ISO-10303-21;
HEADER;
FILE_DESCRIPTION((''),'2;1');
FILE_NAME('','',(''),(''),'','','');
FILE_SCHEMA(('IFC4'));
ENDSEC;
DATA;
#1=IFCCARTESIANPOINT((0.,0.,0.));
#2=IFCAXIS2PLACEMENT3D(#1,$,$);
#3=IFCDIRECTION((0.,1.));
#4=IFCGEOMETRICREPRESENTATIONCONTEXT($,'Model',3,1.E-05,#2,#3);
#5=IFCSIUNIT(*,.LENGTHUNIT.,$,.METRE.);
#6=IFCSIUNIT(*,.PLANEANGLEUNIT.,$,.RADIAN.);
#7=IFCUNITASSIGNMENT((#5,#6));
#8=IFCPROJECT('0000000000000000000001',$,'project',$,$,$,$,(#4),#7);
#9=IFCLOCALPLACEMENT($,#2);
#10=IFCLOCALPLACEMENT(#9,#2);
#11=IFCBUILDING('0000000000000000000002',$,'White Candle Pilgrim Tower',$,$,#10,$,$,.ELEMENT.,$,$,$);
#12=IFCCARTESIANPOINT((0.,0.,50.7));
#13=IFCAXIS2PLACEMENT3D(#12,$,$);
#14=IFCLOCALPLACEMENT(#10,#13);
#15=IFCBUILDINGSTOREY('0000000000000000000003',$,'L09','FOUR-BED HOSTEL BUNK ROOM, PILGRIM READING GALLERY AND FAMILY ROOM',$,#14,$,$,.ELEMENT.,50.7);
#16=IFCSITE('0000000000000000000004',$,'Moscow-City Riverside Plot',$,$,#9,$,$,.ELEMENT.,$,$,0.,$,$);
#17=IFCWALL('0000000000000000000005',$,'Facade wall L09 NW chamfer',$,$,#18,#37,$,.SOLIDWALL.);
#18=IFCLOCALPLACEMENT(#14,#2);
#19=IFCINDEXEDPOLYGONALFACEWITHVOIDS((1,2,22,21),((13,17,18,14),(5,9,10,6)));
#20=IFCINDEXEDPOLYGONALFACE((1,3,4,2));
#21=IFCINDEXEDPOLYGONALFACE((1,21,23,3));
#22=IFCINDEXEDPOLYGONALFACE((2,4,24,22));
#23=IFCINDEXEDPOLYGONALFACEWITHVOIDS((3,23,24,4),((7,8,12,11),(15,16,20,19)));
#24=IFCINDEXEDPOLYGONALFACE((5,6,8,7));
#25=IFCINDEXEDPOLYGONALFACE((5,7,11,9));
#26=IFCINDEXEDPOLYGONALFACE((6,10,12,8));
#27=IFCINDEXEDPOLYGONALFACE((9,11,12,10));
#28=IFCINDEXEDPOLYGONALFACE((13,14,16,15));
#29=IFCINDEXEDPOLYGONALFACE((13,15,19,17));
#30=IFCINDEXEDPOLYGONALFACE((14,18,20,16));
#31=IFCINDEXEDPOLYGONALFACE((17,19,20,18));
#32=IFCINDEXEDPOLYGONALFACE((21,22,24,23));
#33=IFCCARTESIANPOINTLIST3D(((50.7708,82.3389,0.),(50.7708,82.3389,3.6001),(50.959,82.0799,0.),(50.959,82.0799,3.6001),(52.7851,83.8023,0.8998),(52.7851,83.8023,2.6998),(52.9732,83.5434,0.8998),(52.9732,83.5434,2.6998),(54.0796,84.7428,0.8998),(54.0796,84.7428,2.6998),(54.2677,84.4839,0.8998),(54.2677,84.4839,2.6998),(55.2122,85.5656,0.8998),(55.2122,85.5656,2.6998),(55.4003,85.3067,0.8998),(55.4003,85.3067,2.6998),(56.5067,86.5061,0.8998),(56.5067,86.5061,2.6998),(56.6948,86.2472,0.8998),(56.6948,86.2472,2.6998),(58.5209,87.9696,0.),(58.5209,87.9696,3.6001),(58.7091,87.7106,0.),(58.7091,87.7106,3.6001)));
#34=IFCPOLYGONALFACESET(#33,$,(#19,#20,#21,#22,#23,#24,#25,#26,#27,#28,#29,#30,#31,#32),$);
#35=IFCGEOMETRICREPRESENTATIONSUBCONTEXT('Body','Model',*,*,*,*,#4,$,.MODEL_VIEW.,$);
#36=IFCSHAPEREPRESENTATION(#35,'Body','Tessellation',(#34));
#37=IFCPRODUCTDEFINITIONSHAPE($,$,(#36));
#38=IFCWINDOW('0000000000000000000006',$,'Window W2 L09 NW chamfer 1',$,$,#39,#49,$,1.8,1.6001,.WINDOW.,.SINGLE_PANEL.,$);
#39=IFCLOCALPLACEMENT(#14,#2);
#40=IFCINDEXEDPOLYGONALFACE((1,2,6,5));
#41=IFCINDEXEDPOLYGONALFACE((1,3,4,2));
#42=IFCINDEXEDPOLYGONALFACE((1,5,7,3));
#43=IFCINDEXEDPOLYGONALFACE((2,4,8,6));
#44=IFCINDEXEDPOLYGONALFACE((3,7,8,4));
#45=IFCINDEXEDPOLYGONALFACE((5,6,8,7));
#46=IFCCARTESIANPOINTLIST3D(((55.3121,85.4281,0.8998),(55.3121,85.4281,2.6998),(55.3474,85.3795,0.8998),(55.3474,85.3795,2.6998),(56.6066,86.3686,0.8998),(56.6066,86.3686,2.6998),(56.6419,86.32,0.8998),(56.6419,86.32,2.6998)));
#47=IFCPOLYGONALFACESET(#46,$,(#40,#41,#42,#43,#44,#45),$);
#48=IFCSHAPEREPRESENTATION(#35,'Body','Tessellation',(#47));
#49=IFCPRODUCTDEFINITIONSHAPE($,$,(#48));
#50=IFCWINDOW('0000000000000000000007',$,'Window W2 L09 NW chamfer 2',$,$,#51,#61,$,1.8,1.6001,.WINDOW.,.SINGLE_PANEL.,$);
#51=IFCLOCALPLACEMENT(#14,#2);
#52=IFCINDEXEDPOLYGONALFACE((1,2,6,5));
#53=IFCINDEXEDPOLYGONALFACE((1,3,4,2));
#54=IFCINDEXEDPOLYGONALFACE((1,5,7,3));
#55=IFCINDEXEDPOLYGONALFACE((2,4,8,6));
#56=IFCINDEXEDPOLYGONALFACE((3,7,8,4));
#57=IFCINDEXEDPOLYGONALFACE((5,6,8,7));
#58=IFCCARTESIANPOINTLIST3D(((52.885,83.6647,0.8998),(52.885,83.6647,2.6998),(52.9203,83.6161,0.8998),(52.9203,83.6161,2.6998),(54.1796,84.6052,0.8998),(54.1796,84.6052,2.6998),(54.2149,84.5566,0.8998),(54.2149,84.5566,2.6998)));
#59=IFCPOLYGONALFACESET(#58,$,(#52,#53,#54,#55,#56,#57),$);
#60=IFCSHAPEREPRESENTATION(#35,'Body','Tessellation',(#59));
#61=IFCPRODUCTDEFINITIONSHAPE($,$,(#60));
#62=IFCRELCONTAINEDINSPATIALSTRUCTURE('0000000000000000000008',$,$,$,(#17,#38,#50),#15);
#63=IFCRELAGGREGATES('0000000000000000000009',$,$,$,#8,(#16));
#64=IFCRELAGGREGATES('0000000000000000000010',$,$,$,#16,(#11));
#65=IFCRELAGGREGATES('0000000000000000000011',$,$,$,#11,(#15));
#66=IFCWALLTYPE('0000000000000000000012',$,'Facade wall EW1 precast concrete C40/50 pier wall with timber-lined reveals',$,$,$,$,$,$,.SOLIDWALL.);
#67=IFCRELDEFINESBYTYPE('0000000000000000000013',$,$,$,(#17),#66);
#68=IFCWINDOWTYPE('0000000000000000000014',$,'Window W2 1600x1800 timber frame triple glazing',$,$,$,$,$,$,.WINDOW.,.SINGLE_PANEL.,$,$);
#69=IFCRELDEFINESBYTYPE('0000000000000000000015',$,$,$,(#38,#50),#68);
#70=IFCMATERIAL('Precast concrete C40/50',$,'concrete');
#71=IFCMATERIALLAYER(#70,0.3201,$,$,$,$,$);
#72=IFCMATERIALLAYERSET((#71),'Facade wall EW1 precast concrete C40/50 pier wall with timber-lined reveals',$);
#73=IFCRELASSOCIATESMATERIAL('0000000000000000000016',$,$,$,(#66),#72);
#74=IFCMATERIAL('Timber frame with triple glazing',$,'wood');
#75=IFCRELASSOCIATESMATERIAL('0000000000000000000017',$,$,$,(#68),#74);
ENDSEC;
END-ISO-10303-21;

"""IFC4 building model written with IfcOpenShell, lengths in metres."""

from ifc_helpers import new_model, si_unit, direction, frame, frame_2d, origin, place, context, subcontext, project, spatial, rectangle, extrude, material, layer, layer_set, type_object, element, fill, save


model = new_model("IFC4")

# Units and contexts
model_context = context("Model", 3, precision=1e-05, world=origin(), true_north=direction((0.0, 1.0)))
body_context = subcontext(model_context, "Body", "Model", "MODEL_VIEW")
ifc_project = project(units=[si_unit("LENGTHUNIT", "METRE"), si_unit("PLANEANGLEUNIT", "RADIAN")], contexts=[model_context])

# Site, building, storey
site_placement = place(None, origin())
site = spatial("IfcSite", under=ifc_project, at=site_placement, Name="Moscow-City Riverside Plot", CompositionType="ELEMENT", RefElevation=0.0)
building_placement = place(site_placement, origin())
building = spatial("IfcBuilding", under=site, at=building_placement, Name="White Candle Pilgrim Tower", CompositionType="ELEMENT")
storey_placement = place(building_placement, frame((0.0, 0.0, 50.7)))
storey = spatial("IfcBuildingStorey", under=building, at=storey_placement, Name="L09", Description="FOUR-BED HOSTEL BUNK ROOM, PILGRIM READING GALLERY AND FAMILY ROOM", CompositionType="ELEMENT", Elevation=50.7)

# Wall, openings, windows
ifc_material_1 = material(Name="Precast concrete C40/50", Category="concrete")
ifc_layer_1 = layer(ifc_material_1, 0.3201)
ifc_layer_set_1 = layer_set([ifc_layer_1], Name="Facade wall EW1 precast concrete C40/50 pier wall with timber-lined reveals")
wall_type_1 = type_object("IfcWallType", Name="Facade wall EW1 precast concrete C40/50 pier wall with timber-lined reveals", PredefinedType="SOLIDWALL", material=ifc_layer_set_1)
wall_1_placement = place(storey_placement, frame((58.615, 87.8401, 0.0), z_axis=(0.0, 0.0, 1.0), x_axis=(-0.809021, -0.587779, 0.0)))
wall_1 = element("IfcWall", 1, at=wall_1_placement, inside=storey, type_object=wall_type_1, Name="Facade wall L09 NW chamfer", PredefinedType="SOLIDWALL", context=body_context, shape_type="SweptSolid", body=[
    extrude(rectangle(XDim=9.5796, YDim=0.3201, at=frame_2d((4.7898, 0.0))), origin(), (0.0, 0.0, 1.0), 3.6001),
])
opening_1_placement = place(wall_1_placement, frame((2.4897, 0.0, 0.8999)))
opening_1 = element("IfcOpeningElement", 2, at=opening_1_placement, cuts=wall_1, PredefinedType="OPENING", context=body_context, shape_type="SweptSolid", body=[
    extrude(rectangle(XDim=1.6001, YDim=1.8, at=frame_2d((0.8, 0.8999))), frame((0.0, 0.1699, 0.0), z_axis=(0.0, -1.0, 0.0), x_axis=(1.0, 0.0, 0.0)), (0.0, 0.0, 1.0), 0.3401),
])
opening_2_placement = place(wall_1_placement, frame((5.4897, 0.0, 0.8999)))
opening_2 = element("IfcOpeningElement", 3, at=opening_2_placement, cuts=wall_1, PredefinedType="OPENING", context=body_context, shape_type="SweptSolid", body=[
    extrude(rectangle(XDim=1.6001, YDim=1.8, at=frame_2d((0.8, 0.8999))), frame((0.0, 0.1699, 0.0), z_axis=(0.0, -1.0, 0.0), x_axis=(1.0, 0.0, 0.0)), (0.0, 0.0, 1.0), 0.3401),
])
ifc_material_2 = material(Name="Timber frame with triple glazing", Category="wood")
window_type_1 = type_object("IfcWindowType", Name="Window W2 1600x1800 timber frame triple glazing", PartitioningType="SINGLE_PANEL", PredefinedType="WINDOW", material=ifc_material_2)
window_1_placement = place(opening_1_placement, origin())
window_1 = element("IfcWindow", 4, at=window_1_placement, inside=storey, type_object=window_type_1, Name="Window W2 L09 NW chamfer 1", OverallHeight=1.8, OverallWidth=1.6001, PartitioningType="SINGLE_PANEL", PredefinedType="WINDOW", context=body_context, shape_type="SweptSolid", body=[
    extrude(rectangle(XDim=1.6001, YDim=1.8, at=frame_2d((0.8, 0.8999))), frame((0.0, 0.0701, 0.0), z_axis=(0.0, -1.0, 0.0), x_axis=(1.0, 0.0, 0.0)), (0.0, 0.0, 1.0), 0.0601),
])
fill(opening_1, window_1)
window_2_placement = place(opening_2_placement, origin())
window_2 = element("IfcWindow", 5, at=window_2_placement, inside=storey, type_object=window_type_1, Name="Window W2 L09 NW chamfer 2", OverallHeight=1.8, OverallWidth=1.6001, PartitioningType="SINGLE_PANEL", PredefinedType="WINDOW", context=body_context, shape_type="SweptSolid", body=[
    extrude(rectangle(XDim=1.6001, YDim=1.8, at=frame_2d((0.8, 0.8999))), frame((0.0, 0.0701, 0.0), z_axis=(0.0, -1.0, 0.0), x_axis=(1.0, 0.0, 0.0)), (0.0, 0.0, 1.0), 0.0601),
])
fill(opening_2, window_2)

save(model, "model.ifc")
